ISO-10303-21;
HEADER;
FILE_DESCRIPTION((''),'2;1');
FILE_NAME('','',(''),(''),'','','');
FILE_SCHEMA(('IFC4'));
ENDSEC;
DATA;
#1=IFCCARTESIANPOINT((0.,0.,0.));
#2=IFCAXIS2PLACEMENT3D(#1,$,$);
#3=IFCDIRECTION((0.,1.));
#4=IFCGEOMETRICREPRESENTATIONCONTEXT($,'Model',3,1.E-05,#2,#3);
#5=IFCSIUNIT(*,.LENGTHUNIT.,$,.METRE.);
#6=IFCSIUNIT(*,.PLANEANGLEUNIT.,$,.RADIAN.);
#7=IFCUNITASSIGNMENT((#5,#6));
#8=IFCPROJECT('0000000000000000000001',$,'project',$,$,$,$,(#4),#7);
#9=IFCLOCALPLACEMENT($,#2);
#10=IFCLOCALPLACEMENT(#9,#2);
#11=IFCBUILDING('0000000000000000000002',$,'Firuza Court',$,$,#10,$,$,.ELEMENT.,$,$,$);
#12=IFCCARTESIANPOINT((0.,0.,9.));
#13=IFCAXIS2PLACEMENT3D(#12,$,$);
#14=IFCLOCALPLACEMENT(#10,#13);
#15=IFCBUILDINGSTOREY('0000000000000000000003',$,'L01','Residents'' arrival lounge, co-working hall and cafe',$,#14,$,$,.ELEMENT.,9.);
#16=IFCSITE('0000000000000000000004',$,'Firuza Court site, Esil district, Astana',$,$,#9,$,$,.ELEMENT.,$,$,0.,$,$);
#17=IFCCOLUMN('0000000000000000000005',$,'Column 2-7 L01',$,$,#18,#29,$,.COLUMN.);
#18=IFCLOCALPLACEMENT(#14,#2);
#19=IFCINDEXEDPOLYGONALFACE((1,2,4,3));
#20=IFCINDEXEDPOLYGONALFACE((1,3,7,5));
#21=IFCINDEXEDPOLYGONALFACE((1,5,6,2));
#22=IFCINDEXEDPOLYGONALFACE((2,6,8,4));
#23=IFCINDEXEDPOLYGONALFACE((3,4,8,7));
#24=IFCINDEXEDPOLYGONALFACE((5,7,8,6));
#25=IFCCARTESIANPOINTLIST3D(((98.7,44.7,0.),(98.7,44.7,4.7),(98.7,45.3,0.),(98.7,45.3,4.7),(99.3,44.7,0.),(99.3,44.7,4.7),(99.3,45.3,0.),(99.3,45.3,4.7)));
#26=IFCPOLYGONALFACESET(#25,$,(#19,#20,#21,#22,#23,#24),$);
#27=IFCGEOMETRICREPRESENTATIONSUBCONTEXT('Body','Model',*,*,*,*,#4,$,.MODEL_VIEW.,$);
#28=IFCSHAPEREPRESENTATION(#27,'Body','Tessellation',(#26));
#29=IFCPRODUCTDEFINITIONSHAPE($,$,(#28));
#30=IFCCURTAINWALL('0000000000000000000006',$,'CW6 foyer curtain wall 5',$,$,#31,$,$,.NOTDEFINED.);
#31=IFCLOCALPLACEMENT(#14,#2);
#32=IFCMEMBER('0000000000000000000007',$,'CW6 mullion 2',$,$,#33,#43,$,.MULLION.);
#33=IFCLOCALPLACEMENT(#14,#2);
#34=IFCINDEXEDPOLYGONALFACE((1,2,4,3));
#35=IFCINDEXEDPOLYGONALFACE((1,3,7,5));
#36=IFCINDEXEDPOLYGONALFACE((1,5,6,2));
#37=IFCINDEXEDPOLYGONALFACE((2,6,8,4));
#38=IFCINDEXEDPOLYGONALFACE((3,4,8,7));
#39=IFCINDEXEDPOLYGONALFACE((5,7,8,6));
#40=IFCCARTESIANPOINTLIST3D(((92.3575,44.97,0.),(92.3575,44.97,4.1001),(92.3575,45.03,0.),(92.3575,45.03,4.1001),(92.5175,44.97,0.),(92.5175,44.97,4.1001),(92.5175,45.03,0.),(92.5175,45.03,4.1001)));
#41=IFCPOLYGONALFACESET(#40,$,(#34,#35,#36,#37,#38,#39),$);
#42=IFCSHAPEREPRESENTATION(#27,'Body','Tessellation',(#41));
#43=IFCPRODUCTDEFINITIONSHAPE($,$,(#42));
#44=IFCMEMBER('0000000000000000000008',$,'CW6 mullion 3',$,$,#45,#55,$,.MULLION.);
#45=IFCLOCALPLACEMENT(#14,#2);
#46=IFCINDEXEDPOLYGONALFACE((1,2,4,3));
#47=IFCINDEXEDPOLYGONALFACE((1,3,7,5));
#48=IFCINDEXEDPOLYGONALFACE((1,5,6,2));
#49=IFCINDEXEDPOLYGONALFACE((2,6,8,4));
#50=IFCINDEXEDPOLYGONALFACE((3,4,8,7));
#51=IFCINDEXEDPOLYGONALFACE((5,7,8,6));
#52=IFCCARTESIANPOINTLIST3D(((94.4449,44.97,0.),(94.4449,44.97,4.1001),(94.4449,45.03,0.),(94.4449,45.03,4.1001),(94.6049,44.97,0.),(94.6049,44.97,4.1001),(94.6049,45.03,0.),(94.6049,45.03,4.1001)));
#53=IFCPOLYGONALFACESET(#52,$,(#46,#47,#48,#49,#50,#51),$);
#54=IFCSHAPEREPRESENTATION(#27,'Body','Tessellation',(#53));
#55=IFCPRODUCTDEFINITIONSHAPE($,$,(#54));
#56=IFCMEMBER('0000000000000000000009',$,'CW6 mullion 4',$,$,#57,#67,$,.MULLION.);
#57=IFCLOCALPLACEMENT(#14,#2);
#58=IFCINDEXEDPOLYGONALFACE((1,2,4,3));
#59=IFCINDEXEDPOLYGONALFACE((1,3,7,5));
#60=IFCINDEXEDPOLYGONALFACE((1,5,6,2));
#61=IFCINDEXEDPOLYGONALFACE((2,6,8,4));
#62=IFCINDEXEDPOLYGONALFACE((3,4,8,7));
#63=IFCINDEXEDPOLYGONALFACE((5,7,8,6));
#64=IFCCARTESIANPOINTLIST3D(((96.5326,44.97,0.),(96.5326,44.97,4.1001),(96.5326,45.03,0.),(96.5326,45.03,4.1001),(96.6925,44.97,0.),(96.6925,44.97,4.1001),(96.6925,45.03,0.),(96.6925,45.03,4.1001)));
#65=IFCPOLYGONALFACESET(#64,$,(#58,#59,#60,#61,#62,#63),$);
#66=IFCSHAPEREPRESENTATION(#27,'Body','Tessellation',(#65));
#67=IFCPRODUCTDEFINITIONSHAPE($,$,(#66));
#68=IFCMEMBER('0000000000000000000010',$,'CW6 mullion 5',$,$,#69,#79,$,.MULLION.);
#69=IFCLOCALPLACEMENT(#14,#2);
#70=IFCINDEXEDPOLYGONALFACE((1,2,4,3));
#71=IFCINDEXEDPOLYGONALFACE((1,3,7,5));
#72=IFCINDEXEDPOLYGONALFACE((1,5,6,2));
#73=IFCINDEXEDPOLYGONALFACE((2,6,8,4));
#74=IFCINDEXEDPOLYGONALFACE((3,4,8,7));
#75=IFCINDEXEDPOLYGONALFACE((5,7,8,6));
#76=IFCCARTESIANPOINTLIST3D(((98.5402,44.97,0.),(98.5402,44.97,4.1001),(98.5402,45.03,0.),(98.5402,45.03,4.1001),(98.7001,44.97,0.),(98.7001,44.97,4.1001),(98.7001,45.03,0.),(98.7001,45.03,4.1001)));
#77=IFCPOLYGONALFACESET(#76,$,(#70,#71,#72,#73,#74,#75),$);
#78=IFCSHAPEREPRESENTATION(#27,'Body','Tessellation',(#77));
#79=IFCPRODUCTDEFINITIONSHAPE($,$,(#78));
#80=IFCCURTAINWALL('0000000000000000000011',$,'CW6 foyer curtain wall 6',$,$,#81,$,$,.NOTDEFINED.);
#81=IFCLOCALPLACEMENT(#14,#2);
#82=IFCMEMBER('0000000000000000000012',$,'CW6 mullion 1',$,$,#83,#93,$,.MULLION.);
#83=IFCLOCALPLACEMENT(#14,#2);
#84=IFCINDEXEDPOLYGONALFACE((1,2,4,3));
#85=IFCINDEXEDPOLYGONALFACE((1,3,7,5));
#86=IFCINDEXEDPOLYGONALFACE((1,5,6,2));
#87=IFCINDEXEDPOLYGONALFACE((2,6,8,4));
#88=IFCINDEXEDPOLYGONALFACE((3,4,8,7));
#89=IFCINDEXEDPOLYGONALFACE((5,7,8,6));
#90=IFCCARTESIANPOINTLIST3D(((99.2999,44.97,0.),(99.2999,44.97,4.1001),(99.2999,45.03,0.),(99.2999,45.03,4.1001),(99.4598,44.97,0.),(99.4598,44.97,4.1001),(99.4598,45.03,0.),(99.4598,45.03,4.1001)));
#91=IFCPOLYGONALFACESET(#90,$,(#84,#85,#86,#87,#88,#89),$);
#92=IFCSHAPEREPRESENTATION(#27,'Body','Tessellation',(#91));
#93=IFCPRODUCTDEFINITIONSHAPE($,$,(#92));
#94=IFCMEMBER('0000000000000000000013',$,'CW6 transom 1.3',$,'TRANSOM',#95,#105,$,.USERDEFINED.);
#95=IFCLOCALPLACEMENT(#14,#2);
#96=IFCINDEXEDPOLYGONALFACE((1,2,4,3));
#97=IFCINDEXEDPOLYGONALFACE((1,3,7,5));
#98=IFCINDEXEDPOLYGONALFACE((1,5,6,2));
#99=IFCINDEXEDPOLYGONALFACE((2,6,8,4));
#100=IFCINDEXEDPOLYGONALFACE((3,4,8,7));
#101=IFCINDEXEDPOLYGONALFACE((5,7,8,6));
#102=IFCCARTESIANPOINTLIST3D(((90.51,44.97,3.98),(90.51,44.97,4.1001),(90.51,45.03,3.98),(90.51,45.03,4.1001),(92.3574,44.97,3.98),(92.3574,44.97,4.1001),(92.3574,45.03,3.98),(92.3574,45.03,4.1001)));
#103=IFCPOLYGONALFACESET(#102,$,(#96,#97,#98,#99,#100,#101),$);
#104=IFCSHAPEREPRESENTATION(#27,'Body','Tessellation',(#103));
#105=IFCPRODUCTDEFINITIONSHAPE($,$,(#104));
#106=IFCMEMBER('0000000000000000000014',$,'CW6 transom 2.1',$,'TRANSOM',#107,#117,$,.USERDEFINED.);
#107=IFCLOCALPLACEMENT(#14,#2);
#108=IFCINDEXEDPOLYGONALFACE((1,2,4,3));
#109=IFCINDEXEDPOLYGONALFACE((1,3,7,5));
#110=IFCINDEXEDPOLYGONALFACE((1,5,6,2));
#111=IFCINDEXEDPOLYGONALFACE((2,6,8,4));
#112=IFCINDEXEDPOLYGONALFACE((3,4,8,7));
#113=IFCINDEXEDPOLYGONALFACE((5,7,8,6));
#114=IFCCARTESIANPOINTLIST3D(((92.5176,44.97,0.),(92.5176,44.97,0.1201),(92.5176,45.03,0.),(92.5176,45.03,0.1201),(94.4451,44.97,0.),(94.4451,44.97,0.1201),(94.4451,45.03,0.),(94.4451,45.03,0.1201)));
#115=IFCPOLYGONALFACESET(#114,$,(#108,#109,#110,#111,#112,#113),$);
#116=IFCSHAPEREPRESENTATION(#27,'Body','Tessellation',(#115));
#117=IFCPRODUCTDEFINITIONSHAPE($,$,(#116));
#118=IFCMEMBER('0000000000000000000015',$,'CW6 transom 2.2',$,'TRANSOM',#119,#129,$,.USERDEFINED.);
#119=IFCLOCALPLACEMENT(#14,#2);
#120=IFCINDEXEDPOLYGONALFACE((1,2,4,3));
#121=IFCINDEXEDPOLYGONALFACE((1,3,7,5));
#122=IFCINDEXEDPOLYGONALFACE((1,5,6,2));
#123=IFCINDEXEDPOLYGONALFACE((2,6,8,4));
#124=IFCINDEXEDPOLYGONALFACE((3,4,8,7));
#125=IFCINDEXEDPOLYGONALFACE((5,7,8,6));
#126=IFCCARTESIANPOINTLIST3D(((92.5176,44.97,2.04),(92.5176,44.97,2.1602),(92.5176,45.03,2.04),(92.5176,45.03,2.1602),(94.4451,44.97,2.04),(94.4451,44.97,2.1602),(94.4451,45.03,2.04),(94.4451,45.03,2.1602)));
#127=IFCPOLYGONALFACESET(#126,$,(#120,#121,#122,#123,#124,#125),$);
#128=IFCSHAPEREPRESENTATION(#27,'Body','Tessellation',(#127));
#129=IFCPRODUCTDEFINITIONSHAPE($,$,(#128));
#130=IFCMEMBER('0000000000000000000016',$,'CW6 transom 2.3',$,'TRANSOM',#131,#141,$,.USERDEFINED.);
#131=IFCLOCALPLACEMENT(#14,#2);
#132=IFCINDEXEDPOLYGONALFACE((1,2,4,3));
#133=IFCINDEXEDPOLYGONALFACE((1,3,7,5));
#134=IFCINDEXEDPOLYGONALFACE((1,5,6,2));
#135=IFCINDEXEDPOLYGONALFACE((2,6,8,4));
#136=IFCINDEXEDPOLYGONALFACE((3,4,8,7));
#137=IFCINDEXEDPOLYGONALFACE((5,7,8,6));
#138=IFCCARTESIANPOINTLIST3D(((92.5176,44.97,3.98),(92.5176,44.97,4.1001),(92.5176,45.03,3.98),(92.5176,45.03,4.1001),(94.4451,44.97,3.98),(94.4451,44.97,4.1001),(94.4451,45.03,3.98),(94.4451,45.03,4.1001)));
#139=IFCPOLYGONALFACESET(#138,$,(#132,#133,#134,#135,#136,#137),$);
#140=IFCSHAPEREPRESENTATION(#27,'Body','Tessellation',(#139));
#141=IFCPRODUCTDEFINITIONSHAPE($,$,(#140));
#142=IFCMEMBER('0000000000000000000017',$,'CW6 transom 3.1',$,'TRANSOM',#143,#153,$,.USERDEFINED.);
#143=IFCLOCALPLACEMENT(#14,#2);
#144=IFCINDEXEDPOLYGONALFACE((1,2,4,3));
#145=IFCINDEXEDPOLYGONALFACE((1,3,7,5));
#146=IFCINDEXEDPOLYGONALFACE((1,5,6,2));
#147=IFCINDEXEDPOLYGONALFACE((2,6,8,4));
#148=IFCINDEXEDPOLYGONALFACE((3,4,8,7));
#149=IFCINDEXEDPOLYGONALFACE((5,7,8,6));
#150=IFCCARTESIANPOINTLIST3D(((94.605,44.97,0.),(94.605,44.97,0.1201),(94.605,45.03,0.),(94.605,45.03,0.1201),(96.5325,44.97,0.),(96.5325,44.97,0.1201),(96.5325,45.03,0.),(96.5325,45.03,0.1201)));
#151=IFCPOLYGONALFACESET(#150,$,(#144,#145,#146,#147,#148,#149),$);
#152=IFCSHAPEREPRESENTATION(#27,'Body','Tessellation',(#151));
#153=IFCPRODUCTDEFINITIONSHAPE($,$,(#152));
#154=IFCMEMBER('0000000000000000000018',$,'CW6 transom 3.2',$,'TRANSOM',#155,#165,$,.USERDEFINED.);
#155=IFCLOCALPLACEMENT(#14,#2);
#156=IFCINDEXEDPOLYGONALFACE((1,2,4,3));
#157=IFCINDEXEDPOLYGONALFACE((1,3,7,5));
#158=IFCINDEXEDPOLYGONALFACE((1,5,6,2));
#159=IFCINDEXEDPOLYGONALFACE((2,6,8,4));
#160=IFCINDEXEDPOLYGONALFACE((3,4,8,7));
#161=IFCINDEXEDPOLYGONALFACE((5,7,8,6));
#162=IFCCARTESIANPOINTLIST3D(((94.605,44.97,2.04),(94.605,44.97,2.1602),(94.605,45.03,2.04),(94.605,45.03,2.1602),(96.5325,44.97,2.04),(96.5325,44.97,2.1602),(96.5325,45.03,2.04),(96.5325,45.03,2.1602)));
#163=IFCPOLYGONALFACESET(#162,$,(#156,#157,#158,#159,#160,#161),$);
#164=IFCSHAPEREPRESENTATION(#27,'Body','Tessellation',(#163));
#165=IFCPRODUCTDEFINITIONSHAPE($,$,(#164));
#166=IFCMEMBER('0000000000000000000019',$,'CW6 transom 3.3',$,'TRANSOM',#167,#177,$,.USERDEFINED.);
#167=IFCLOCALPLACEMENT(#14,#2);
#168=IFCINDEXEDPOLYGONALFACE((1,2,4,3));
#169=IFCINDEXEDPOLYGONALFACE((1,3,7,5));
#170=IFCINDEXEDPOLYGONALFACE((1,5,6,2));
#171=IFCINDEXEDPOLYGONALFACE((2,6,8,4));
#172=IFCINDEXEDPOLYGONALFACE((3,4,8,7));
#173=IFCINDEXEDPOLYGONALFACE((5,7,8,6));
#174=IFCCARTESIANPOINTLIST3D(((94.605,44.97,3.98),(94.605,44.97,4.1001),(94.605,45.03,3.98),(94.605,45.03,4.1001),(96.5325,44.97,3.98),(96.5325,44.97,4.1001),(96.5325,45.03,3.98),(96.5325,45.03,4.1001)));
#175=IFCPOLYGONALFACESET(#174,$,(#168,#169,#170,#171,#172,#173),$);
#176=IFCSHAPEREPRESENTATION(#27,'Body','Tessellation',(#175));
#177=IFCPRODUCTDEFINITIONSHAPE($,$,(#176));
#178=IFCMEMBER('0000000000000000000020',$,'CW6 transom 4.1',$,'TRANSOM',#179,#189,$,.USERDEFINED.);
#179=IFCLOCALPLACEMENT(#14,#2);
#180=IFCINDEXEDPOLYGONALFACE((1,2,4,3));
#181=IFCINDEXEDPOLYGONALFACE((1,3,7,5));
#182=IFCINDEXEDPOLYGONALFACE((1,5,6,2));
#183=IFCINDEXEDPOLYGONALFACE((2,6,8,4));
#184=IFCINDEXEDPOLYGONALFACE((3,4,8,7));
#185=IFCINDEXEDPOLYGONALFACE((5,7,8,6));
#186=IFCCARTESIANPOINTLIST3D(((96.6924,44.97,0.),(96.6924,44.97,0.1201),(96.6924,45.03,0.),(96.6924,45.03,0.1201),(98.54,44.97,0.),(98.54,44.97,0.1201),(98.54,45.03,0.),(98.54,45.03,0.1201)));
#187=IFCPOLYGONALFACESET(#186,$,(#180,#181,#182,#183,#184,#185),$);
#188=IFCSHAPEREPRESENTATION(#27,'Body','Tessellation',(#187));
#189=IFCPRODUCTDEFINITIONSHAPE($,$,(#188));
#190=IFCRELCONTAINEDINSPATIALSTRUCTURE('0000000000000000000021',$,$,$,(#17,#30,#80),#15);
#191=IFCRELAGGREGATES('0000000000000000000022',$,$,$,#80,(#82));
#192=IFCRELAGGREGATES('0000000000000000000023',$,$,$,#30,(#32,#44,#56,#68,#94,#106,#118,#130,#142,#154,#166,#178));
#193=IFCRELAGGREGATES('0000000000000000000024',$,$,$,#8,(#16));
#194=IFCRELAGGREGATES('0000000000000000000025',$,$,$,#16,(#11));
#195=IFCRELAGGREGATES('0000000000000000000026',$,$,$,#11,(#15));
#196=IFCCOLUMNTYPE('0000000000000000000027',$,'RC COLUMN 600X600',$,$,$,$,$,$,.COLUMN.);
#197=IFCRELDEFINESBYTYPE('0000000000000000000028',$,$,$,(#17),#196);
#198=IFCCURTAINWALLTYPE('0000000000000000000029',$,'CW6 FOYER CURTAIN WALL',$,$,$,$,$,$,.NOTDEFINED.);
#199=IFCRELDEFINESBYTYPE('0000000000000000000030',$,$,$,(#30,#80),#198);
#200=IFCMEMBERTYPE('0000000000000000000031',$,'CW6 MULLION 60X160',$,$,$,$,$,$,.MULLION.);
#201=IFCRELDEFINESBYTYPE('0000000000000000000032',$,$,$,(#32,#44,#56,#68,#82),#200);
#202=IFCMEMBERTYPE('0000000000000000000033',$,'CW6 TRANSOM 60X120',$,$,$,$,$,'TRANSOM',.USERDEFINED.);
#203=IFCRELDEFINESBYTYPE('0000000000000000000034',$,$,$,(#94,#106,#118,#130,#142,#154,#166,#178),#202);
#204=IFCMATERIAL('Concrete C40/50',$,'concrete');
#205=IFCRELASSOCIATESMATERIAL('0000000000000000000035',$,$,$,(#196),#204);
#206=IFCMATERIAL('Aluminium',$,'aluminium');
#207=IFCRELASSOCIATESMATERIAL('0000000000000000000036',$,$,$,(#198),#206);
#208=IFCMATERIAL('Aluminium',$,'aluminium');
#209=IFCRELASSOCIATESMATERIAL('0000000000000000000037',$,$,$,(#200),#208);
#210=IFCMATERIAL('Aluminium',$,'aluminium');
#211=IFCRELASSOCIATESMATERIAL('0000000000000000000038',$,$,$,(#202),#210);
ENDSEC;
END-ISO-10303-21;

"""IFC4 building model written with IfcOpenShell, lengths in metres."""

from ifc_helpers import new_model, si_unit, direction, frame, origin, origin_2d, place, context, subcontext, project, spatial, rectangle, extrude, material, material_profile, profile_set, type_object, element, aggregate, save


model = new_model("IFC4")

# Units and contexts
model_context = context("Model", 3, precision=1e-05, world=origin(), true_north=direction((0.0, 1.0)))
body_context = subcontext(model_context, "Body", "Model", "MODEL_VIEW")
ifc_project = project(units=[si_unit("LENGTHUNIT", "METRE"), si_unit("PLANEANGLEUNIT", "RADIAN")], contexts=[model_context])

# Site, building, storey
site_placement = place(None, origin())
site = spatial("IfcSite", under=ifc_project, at=site_placement, Name="Firuza Court site, Esil district, Astana", CompositionType="ELEMENT", RefElevation=0.0)
building_placement = place(site_placement, origin())
building = spatial("IfcBuilding", under=site, at=building_placement, Name="Firuza Court", CompositionType="ELEMENT")
storey_placement = place(building_placement, frame((0.0, 0.0, 9.0)))
storey = spatial("IfcBuildingStorey", under=building, at=storey_placement, Name="L01", Description="Residents' arrival lounge, co-working hall and cafe", CompositionType="ELEMENT", Elevation=9.0)

# Column
ifc_material_1 = material(Name="Concrete C40/50", Category="concrete")
ifc_material_profile_1 = material_profile(ifc_material_1, rectangle(XDim=0.6001, YDim=0.6001, at=origin_2d()), Name="RC 600X600")
ifc_profile_set_1 = profile_set([ifc_material_profile_1], Name="Concrete C40/50")
column_type = type_object("IfcColumnType", Name="RC COLUMN 600X600", PredefinedType="COLUMN", material=ifc_profile_set_1)
column_placement = place(storey_placement, frame((99.0, 45.0, 0.0), z_axis=(0.0, 0.0, 1.0), x_axis=(1.0, 0.0, 0.0)))
element("IfcColumn", 1, at=column_placement, inside=storey, type_object=column_type, Name="Column 2-7 L01", PredefinedType="COLUMN", context=body_context, shape_type="SweptSolid", body=[
    extrude(rectangle(XDim=0.6001, YDim=0.6001, at=origin_2d()), origin(), (0.0, 0.0, 1.0), 4.7),
])

# Curtain wall, members
ifc_material_2 = material(Name="Aluminium", Category="aluminium")
curtain_wall_type = type_object("IfcCurtainWallType", Name="CW6 FOYER CURTAIN WALL", PredefinedType="NOTDEFINED", material=ifc_material_2)
curtain_wall_1_placement = place(storey_placement, origin())
curtain_wall_1 = element("IfcCurtainWall", 2, at=curtain_wall_1_placement, inside=storey, type_object=curtain_wall_type, Name="CW6 foyer curtain wall 5", PredefinedType="NOTDEFINED")
ifc_material_3 = material(Name="Aluminium", Category="aluminium")
ifc_material_profile_2 = material_profile(ifc_material_3, rectangle(XDim=0.0601, YDim=0.1599, at=origin_2d()), Name="MULLION 60X160")
ifc_profile_set_2 = profile_set([ifc_material_profile_2], Name="Aluminium")
member_type_1 = type_object("IfcMemberType", Name="CW6 MULLION 60X160", PredefinedType="MULLION", material=ifc_profile_set_2)
member_1_placement = place(storey_placement, frame((92.4375, 45.0, 0.0), z_axis=(0.0, 0.0, 1.0), x_axis=(0.0, 1.0, 0.0)))
member_1 = element("IfcMember", 3, at=member_1_placement, type_object=member_type_1, Name="CW6 mullion 2", PredefinedType="MULLION", context=body_context, shape_type="SweptSolid", body=[
    extrude(rectangle(XDim=0.0601, YDim=0.1599, at=origin_2d()), origin(), (0.0, 0.0, 1.0), 4.1001),
])
member_2_placement = place(storey_placement, frame((94.5249, 45.0, 0.0), z_axis=(0.0, 0.0, 1.0), x_axis=(0.0, 1.0, 0.0)))
member_2 = element("IfcMember", 4, at=member_2_placement, type_object=member_type_1, Name="CW6 mullion 3", PredefinedType="MULLION", context=body_context, shape_type="SweptSolid", body=[
    extrude(rectangle(XDim=0.0601, YDim=0.1599, at=origin_2d()), origin(), (0.0, 0.0, 1.0), 4.1001),
])
member_3_placement = place(storey_placement, frame((96.6125, 45.0, 0.0), z_axis=(0.0, 0.0, 1.0), x_axis=(0.0, 1.0, 0.0)))
member_3 = element("IfcMember", 5, at=member_3_placement, type_object=member_type_1, Name="CW6 mullion 4", PredefinedType="MULLION", context=body_context, shape_type="SweptSolid", body=[
    extrude(rectangle(XDim=0.0601, YDim=0.1599, at=origin_2d()), origin(), (0.0, 0.0, 1.0), 4.1001),
])
member_4_placement = place(storey_placement, frame((98.6201, 45.0, 0.0), z_axis=(0.0, 0.0, 1.0), x_axis=(0.0, 1.0, 0.0)))
member_4 = element("IfcMember", 6, at=member_4_placement, type_object=member_type_1, Name="CW6 mullion 5", PredefinedType="MULLION", context=body_context, shape_type="SweptSolid", body=[
    extrude(rectangle(XDim=0.0601, YDim=0.1599, at=origin_2d()), origin(), (0.0, 0.0, 1.0), 4.1001),
])

# Curtain wall, member
curtain_wall_2_placement = place(storey_placement, origin())
curtain_wall_2 = element("IfcCurtainWall", 7, at=curtain_wall_2_placement, inside=storey, type_object=curtain_wall_type, Name="CW6 foyer curtain wall 6", PredefinedType="NOTDEFINED")
member_5_placement = place(storey_placement, frame((99.3799, 45.0, 0.0), z_axis=(0.0, 0.0, 1.0), x_axis=(0.0, 1.0, 0.0)))
member_5 = element("IfcMember", 8, at=member_5_placement, type_object=member_type_1, Name="CW6 mullion 1", PredefinedType="MULLION", context=body_context, shape_type="SweptSolid", body=[
    extrude(rectangle(XDim=0.0601, YDim=0.1599, at=origin_2d()), origin(), (0.0, 0.0, 1.0), 4.1001),
])

# Members
ifc_material_4 = material(Name="Aluminium", Category="aluminium")
ifc_material_profile_3 = material_profile(ifc_material_4, rectangle(XDim=0.0601, YDim=0.1201, at=origin_2d()), Name="TRANSOM 60X120")
ifc_profile_set_3 = profile_set([ifc_material_profile_3], Name="Aluminium")
member_type_2 = type_object("IfcMemberType", Name="CW6 TRANSOM 60X120", ElementType="TRANSOM", PredefinedType="USERDEFINED", material=ifc_profile_set_3)
member_6_placement = place(storey_placement, frame((90.51, 45.0, 4.04), z_axis=(1.0, 0.0, 0.0), x_axis=(0.0, 1.0, 0.0)))
member_6 = element("IfcMember", 9, at=member_6_placement, type_object=member_type_2, Name="CW6 transom 1.3", ObjectType="TRANSOM", PredefinedType="USERDEFINED", context=body_context, shape_type="SweptSolid", body=[
    extrude(rectangle(XDim=0.0601, YDim=0.1201, at=origin_2d()), origin(), (0.0, 0.0, 1.0), 1.8474),
])
member_7_placement = place(storey_placement, frame((92.5176, 45.0, 0.0601), z_axis=(1.0, 0.0, 0.0), x_axis=(0.0, 1.0, 0.0)))
member_7 = element("IfcMember", 10, at=member_7_placement, type_object=member_type_2, Name="CW6 transom 2.1", ObjectType="TRANSOM", PredefinedType="USERDEFINED", context=body_context, shape_type="SweptSolid", body=[
    extrude(rectangle(XDim=0.0601, YDim=0.1201, at=origin_2d()), origin(), (0.0, 0.0, 1.0), 1.9275),
])
member_8_placement = place(storey_placement, frame((92.5176, 45.0, 2.1001), z_axis=(1.0, 0.0, 0.0), x_axis=(0.0, 1.0, 0.0)))
member_8 = element("IfcMember", 11, at=member_8_placement, type_object=member_type_2, Name="CW6 transom 2.2", ObjectType="TRANSOM", PredefinedType="USERDEFINED", context=body_context, shape_type="SweptSolid", body=[
    extrude(rectangle(XDim=0.0601, YDim=0.1201, at=origin_2d()), origin(), (0.0, 0.0, 1.0), 1.9275),
])
member_9_placement = place(storey_placement, frame((92.5176, 45.0, 4.04), z_axis=(1.0, 0.0, 0.0), x_axis=(0.0, 1.0, 0.0)))
member_9 = element("IfcMember", 12, at=member_9_placement, type_object=member_type_2, Name="CW6 transom 2.3", ObjectType="TRANSOM", PredefinedType="USERDEFINED", context=body_context, shape_type="SweptSolid", body=[
    extrude(rectangle(XDim=0.0601, YDim=0.1201, at=origin_2d()), origin(), (0.0, 0.0, 1.0), 1.9275),
])
member_10_placement = place(storey_placement, frame((94.605, 45.0, 0.0601), z_axis=(1.0, 0.0, 0.0), x_axis=(0.0, 1.0, 0.0)))
member_10 = element("IfcMember", 13, at=member_10_placement, type_object=member_type_2, Name="CW6 transom 3.1", ObjectType="TRANSOM", PredefinedType="USERDEFINED", context=body_context, shape_type="SweptSolid", body=[
    extrude(rectangle(XDim=0.0601, YDim=0.1201, at=origin_2d()), origin(), (0.0, 0.0, 1.0), 1.9275),
])
member_11_placement = place(storey_placement, frame((94.605, 45.0, 2.1001), z_axis=(1.0, 0.0, 0.0), x_axis=(0.0, 1.0, 0.0)))
member_11 = element("IfcMember", 14, at=member_11_placement, type_object=member_type_2, Name="CW6 transom 3.2", ObjectType="TRANSOM", PredefinedType="USERDEFINED", context=body_context, shape_type="SweptSolid", body=[
    extrude(rectangle(XDim=0.0601, YDim=0.1201, at=origin_2d()), origin(), (0.0, 0.0, 1.0), 1.9275),
])
member_12_placement = place(storey_placement, frame((94.605, 45.0, 4.04), z_axis=(1.0, 0.0, 0.0), x_axis=(0.0, 1.0, 0.0)))
member_12 = element("IfcMember", 15, at=member_12_placement, type_object=member_type_2, Name="CW6 transom 3.3", ObjectType="TRANSOM", PredefinedType="USERDEFINED", context=body_context, shape_type="SweptSolid", body=[
    extrude(rectangle(XDim=0.0601, YDim=0.1201, at=origin_2d()), origin(), (0.0, 0.0, 1.0), 1.9275),
])
member_13_placement = place(storey_placement, frame((96.6924, 45.0, 0.0601), z_axis=(1.0, 0.0, 0.0), x_axis=(0.0, 1.0, 0.0)))
member_13 = element("IfcMember", 16, at=member_13_placement, type_object=member_type_2, Name="CW6 transom 4.1", ObjectType="TRANSOM", PredefinedType="USERDEFINED", context=body_context, shape_type="SweptSolid", body=[
    extrude(rectangle(XDim=0.0601, YDim=0.1201, at=origin_2d()), origin(), (0.0, 0.0, 1.0), 1.8477),
])
aggregate(curtain_wall_2, [member_5])

aggregate(curtain_wall_1, [member_1, member_2, member_3, member_4, member_6, member_7, member_8, member_9, member_10, member_11, member_12, member_13])

save(model, "model.ifc")
